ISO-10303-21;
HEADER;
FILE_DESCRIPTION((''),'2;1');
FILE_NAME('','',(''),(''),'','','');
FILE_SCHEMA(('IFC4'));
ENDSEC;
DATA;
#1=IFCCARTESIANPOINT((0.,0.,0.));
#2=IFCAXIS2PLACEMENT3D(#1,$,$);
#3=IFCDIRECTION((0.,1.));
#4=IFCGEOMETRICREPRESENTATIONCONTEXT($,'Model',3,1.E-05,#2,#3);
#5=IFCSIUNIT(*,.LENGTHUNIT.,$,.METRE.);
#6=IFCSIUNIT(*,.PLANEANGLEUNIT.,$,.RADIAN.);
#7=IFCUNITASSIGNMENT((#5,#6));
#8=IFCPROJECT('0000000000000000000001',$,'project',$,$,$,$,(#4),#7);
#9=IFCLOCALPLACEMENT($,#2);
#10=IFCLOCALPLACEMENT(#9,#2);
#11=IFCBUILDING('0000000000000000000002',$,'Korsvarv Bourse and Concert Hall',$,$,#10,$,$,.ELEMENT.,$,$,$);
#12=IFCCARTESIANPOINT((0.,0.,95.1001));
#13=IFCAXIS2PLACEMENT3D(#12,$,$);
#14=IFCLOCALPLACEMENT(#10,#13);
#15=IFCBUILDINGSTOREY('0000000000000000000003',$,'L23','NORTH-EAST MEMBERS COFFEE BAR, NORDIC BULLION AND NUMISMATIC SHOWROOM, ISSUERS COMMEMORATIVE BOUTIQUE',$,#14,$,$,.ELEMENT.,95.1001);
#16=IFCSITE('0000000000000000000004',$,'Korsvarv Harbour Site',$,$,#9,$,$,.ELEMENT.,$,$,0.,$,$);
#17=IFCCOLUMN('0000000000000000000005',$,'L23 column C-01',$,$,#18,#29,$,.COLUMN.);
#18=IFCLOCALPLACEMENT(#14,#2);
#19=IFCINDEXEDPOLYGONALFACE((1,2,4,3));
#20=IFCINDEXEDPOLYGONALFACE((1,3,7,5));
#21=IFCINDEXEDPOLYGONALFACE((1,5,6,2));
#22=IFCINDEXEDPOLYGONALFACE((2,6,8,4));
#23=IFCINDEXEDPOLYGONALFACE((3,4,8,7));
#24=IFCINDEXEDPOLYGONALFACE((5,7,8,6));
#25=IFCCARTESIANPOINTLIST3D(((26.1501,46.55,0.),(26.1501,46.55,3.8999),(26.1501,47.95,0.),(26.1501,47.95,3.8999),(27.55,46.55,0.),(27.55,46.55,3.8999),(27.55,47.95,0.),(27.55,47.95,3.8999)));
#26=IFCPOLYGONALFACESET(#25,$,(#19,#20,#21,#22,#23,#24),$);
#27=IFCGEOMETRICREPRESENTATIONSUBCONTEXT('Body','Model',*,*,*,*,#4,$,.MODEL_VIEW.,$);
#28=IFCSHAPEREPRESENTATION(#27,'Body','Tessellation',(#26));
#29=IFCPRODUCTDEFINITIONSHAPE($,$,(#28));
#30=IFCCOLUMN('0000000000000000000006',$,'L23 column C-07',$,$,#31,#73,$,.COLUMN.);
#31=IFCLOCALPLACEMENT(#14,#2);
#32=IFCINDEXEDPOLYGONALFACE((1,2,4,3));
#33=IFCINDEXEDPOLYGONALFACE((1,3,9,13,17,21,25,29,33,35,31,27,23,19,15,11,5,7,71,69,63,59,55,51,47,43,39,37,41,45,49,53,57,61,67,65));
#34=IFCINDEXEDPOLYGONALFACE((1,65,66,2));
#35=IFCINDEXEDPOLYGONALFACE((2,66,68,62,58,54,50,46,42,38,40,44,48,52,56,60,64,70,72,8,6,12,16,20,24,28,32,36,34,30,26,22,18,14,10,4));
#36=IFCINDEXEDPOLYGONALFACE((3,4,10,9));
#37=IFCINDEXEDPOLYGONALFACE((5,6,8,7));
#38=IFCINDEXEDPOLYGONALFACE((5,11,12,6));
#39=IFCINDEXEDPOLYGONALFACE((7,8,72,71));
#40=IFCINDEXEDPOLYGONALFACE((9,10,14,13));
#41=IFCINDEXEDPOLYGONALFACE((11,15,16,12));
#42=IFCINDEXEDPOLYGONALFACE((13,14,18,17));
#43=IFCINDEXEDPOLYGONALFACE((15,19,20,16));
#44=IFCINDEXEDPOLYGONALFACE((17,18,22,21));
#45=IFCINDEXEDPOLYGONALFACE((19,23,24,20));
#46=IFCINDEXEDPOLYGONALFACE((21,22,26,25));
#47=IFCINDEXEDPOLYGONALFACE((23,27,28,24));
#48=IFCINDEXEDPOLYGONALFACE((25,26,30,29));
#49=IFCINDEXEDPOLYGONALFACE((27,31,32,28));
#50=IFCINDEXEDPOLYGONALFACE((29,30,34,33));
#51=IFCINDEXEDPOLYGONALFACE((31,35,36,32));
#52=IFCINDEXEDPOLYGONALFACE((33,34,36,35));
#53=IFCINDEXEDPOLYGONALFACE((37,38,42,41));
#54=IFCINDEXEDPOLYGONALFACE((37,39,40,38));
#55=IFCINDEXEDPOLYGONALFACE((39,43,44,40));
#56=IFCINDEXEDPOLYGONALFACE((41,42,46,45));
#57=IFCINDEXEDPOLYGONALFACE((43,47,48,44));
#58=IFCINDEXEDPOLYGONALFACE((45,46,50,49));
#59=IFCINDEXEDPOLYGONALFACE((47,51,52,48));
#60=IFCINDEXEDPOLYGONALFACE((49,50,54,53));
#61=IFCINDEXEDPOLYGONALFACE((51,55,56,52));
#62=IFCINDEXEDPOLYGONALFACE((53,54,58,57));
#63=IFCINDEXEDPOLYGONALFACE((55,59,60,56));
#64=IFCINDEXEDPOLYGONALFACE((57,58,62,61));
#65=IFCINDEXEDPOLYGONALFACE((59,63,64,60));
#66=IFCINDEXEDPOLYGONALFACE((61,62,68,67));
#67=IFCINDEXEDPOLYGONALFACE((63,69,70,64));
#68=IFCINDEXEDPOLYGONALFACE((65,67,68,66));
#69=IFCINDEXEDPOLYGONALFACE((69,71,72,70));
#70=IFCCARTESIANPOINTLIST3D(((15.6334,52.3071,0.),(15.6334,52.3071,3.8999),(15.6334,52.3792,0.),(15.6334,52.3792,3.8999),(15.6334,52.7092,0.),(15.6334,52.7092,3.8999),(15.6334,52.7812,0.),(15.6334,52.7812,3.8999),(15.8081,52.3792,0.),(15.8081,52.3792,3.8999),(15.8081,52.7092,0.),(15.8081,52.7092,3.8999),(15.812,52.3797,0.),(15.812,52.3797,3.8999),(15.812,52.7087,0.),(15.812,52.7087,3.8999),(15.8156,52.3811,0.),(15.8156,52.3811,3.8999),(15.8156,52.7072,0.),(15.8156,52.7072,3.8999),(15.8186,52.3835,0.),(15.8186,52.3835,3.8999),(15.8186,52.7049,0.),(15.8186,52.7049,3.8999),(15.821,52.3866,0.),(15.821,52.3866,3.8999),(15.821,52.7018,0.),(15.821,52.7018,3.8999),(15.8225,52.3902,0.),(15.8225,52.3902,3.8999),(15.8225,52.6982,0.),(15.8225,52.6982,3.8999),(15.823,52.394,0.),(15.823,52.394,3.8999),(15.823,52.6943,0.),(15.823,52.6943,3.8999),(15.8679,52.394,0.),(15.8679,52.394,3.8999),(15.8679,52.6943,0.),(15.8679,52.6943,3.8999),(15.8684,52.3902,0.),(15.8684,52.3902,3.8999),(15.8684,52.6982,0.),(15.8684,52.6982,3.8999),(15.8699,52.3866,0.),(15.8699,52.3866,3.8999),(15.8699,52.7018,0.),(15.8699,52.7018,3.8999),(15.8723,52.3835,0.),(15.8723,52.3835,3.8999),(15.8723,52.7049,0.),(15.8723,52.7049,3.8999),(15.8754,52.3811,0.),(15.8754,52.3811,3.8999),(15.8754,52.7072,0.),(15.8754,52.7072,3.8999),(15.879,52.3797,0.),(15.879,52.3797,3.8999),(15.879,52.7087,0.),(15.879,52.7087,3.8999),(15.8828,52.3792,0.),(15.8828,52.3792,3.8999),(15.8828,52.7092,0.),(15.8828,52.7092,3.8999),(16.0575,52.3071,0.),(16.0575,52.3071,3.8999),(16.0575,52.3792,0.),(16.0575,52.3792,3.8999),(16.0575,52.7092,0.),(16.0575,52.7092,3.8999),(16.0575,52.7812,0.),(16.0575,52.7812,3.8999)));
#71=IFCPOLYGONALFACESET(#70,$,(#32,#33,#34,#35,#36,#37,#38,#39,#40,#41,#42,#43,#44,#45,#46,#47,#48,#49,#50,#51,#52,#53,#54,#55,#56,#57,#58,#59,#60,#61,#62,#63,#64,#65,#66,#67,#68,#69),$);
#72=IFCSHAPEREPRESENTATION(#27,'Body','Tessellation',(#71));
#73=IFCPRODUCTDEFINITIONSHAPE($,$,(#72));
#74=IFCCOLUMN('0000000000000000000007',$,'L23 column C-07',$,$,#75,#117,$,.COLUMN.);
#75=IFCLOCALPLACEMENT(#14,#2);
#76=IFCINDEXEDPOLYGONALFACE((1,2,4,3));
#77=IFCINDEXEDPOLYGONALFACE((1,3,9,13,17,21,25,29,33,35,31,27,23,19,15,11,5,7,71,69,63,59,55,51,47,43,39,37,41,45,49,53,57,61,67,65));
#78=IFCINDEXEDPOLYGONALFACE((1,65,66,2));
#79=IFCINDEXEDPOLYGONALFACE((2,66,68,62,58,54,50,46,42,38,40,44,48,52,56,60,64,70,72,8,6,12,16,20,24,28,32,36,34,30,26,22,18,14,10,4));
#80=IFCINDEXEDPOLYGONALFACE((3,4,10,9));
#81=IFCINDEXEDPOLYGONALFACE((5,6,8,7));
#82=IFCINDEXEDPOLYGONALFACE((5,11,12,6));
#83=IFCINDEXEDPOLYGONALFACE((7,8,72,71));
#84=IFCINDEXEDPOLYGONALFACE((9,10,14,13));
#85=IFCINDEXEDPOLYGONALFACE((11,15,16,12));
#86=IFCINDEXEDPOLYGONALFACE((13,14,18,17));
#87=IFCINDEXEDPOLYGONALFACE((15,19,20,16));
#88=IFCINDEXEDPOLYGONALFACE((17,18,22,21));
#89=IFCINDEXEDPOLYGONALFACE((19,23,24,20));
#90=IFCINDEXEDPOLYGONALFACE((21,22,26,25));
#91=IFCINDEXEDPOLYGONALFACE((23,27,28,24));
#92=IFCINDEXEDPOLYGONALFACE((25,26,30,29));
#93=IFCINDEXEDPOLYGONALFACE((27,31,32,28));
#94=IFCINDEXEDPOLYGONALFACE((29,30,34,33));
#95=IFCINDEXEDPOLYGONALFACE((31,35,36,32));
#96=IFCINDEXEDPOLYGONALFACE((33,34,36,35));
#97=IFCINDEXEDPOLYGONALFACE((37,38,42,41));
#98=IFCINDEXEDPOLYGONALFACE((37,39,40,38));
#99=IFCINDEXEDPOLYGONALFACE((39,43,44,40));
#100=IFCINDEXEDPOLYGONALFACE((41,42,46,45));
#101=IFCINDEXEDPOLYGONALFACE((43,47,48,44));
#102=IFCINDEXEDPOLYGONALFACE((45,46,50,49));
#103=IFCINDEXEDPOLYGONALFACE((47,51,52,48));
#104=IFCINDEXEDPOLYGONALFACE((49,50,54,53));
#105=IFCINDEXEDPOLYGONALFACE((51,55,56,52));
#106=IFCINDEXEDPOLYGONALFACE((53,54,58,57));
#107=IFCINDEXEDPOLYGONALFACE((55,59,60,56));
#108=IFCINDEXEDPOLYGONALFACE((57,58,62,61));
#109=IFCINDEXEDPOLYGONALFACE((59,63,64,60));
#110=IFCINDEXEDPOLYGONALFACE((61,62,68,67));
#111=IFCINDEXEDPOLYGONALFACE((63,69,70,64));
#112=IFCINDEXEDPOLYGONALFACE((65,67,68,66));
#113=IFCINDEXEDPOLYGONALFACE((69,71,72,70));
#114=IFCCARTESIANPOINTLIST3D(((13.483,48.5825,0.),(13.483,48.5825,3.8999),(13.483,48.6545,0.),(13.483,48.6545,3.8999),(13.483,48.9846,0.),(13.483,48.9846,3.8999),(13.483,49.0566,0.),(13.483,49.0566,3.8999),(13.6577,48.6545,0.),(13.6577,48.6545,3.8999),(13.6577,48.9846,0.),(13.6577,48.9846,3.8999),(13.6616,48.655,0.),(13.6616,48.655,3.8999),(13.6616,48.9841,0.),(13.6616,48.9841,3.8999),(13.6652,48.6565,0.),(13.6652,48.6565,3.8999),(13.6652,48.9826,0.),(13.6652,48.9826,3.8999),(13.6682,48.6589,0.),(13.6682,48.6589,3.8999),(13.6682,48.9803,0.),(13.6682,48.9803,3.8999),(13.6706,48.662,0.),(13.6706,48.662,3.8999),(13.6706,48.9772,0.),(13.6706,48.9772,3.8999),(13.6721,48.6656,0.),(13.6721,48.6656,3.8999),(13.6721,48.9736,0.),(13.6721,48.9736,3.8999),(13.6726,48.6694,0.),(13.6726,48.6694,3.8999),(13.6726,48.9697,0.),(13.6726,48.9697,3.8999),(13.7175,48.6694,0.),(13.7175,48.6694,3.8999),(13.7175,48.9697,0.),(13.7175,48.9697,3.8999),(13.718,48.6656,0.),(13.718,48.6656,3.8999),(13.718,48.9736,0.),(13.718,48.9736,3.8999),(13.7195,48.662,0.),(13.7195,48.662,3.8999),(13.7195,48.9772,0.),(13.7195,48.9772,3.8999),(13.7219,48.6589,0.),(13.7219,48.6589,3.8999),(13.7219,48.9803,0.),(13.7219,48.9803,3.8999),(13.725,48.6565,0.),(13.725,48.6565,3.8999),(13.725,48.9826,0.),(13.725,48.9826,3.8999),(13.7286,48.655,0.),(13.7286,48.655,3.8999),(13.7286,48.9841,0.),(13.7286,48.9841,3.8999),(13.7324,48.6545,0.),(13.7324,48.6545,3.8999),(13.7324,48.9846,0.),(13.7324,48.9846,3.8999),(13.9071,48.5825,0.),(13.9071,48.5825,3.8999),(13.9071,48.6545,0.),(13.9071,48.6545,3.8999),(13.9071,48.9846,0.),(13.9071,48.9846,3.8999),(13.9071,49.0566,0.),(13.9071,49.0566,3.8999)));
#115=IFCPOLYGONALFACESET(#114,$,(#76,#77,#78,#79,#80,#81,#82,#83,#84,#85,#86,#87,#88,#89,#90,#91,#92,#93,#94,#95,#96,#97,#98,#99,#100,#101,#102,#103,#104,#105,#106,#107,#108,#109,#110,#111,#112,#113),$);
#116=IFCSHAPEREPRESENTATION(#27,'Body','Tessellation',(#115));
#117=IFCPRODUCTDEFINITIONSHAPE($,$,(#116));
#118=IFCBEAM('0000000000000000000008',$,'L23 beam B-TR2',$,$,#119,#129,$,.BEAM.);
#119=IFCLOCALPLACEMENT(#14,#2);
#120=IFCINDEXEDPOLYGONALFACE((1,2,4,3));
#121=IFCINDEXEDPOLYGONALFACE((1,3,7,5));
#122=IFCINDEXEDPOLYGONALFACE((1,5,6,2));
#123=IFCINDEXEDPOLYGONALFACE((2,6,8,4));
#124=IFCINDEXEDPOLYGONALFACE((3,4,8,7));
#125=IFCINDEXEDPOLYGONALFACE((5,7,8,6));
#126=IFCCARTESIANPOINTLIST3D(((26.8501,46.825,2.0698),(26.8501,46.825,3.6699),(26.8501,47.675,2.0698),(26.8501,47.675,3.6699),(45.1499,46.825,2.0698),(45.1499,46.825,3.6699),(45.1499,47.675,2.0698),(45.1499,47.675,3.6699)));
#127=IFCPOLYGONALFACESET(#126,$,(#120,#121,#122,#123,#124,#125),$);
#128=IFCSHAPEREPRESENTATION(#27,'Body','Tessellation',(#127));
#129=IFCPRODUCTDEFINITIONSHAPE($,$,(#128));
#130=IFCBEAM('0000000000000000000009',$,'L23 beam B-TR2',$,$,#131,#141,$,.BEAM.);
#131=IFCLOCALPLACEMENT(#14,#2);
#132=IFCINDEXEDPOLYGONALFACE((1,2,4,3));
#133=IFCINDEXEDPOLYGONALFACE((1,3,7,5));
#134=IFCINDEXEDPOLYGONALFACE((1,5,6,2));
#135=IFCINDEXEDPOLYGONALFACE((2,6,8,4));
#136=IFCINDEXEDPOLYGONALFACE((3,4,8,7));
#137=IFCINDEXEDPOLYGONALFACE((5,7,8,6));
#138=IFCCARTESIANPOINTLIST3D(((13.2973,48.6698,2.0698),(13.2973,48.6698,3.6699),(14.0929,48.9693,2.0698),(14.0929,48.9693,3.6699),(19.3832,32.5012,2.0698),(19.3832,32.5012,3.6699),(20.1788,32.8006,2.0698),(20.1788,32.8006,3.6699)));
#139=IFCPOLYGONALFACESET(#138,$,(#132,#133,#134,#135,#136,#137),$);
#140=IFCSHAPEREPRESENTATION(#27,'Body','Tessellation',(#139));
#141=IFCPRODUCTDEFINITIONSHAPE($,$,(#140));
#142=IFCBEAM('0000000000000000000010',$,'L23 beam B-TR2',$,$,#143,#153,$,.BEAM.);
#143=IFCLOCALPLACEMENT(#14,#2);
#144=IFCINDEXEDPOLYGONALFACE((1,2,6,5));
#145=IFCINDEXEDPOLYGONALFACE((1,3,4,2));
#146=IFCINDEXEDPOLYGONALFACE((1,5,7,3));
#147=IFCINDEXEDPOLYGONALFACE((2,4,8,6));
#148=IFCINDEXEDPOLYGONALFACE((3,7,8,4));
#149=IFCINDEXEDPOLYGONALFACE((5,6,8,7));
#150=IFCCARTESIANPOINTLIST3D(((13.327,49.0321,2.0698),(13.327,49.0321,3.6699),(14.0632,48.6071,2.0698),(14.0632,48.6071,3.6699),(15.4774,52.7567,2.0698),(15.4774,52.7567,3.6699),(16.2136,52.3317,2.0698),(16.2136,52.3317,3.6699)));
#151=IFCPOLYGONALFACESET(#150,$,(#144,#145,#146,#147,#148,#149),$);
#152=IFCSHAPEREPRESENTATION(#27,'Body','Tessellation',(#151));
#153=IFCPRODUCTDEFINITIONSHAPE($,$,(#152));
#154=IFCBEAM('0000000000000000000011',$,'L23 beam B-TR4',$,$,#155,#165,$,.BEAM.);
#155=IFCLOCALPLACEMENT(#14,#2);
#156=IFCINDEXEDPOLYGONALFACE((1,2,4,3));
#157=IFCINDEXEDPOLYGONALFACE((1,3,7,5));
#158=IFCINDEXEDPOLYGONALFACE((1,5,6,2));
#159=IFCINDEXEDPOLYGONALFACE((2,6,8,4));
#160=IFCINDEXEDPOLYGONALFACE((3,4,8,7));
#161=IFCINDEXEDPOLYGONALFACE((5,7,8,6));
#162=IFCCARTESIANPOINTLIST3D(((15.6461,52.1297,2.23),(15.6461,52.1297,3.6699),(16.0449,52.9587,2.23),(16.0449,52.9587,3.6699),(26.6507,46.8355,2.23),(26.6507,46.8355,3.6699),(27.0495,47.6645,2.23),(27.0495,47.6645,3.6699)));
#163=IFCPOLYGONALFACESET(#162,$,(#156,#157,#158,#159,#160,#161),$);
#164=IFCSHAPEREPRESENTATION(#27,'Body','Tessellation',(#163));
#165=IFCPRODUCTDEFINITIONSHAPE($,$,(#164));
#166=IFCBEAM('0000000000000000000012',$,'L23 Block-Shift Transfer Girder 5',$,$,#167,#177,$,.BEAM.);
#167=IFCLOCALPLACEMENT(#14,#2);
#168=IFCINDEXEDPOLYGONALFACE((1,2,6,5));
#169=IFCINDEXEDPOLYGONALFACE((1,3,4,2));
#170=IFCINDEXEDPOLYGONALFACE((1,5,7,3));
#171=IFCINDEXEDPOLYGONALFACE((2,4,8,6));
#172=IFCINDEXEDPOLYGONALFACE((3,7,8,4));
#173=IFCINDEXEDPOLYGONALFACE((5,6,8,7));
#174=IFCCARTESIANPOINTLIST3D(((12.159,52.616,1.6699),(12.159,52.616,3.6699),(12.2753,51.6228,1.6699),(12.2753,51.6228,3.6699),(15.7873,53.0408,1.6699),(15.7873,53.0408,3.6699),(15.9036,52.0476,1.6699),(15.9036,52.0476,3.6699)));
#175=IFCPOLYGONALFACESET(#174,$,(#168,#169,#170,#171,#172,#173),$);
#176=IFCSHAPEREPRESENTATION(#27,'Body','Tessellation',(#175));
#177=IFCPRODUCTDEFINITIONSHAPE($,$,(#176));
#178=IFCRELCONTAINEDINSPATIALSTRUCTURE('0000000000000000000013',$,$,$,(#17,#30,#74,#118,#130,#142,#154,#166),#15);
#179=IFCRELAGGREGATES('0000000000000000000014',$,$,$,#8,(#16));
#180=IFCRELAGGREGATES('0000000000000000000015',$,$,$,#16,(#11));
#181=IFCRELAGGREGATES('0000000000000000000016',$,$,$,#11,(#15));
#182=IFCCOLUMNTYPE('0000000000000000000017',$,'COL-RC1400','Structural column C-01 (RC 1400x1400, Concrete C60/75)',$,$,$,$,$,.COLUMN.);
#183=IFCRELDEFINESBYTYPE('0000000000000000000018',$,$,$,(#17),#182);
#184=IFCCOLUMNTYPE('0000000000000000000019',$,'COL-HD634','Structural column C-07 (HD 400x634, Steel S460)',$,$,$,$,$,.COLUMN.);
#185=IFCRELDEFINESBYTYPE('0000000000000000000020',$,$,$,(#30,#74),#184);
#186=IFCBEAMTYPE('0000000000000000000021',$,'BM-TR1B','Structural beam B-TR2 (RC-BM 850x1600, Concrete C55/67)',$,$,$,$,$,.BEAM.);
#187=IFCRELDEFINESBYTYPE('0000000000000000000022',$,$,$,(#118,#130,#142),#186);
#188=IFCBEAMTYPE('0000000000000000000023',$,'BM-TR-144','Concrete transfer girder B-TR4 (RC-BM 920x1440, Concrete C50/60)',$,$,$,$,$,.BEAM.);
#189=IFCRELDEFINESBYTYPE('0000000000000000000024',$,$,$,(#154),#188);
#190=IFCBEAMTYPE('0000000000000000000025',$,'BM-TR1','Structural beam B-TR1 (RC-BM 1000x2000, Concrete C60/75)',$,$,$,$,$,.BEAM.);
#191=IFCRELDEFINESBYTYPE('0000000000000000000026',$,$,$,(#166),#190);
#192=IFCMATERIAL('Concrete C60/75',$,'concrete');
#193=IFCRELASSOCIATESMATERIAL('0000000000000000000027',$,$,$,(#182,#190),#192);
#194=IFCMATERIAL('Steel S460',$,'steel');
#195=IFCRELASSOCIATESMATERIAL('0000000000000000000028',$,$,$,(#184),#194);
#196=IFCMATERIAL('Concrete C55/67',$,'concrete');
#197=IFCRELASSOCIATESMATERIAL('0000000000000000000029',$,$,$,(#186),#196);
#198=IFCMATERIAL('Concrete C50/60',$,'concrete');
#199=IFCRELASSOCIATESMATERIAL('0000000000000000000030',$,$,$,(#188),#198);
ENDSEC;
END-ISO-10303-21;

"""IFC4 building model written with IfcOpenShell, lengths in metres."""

from ifc_helpers import new_model, si_unit, direction, frame, origin, origin_2d, place, context, subcontext, project, spatial, rectangle, i_section, extrude, source, transform, mapped, material, material_profile, profile_set, type_object, element, save


model = new_model("IFC4")

# Units and contexts
model_context = context("Model", 3, precision=1e-05, world=origin(), true_north=direction((0.0, 1.0)))
body_context = subcontext(model_context, "Body", "Model", "MODEL_VIEW")
ifc_project = project(units=[si_unit("LENGTHUNIT", "METRE"), si_unit("PLANEANGLEUNIT", "RADIAN")], contexts=[model_context])

# Site, building, storey
site_placement = place(None, origin())
site = spatial("IfcSite", under=ifc_project, at=site_placement, Name="Korsvarv Harbour Site", CompositionType="ELEMENT", RefElevation=0.0)
building_placement = place(site_placement, origin())
building = spatial("IfcBuilding", under=site, at=building_placement, Name="Korsvarv Bourse and Concert Hall", CompositionType="ELEMENT")
storey_placement = place(building_placement, frame((0.0, 0.0, 95.1001)))
storey = spatial("IfcBuildingStorey", under=building, at=storey_placement, Name="L23", Description="NORTH-EAST MEMBERS COFFEE BAR, NORDIC BULLION AND NUMISMATIC SHOWROOM, ISSUERS COMMEMORATIVE BOUTIQUE", CompositionType="ELEMENT", Elevation=95.1001)

# Columns
ifc_material_1 = material(Name="Concrete C60/75", Category="concrete")
ifc_material_profile_1 = material_profile(ifc_material_1, rectangle(XDim=1.3999, YDim=1.3999, at=origin_2d()), Name="RC 1400x1400")
ifc_profile_set_1 = profile_set([ifc_material_profile_1], Name="Concrete C60/75")
column_type_1 = type_object("IfcColumnType", Name="COL-RC1400", Description="Structural column C-01 (RC 1400x1400, Concrete C60/75)", PredefinedType="COLUMN", material=ifc_profile_set_1)
shared_shape_1 = source(origin(), body_context, "Body", "SweptSolid", [
    extrude(rectangle(XDim=1.3999, YDim=1.3999, at=origin_2d()), origin(), (0.0, 0.0, 1.0), 3.8999),
])
column_placement = place(storey_placement, frame((26.8501, 47.25, 0.0), z_axis=(0.0, 0.0, 1.0), x_axis=(1.0, 0.0, 0.0)))
element("IfcColumn", 1, at=column_placement, inside=storey, type_object=column_type_1, Name="L23 column C-01", PredefinedType="COLUMN", context=body_context, shape_type="MappedRepresentation", body=[
    mapped(shared_shape_1, transform((0.0, 0.0, 0.0), scale=1.0)),
])
ifc_material_2 = material(Name="Steel S460", Category="steel")
ifc_material_profile_2 = material_profile(ifc_material_2, i_section(OverallWidth=0.4241, OverallDepth=0.4741, WebThickness=0.0449, FlangeThickness=0.072, FilletRadius=0.0149, at=origin_2d()), Name="HD 400x634")
ifc_profile_set_2 = profile_set([ifc_material_profile_2], Name="Steel S460")
column_type_2 = type_object("IfcColumnType", Name="COL-HD634", Description="Structural column C-07 (HD 400x634, Steel S460)", PredefinedType="COLUMN", material=ifc_profile_set_2)
shared_shape_2 = source(origin(), body_context, "Body", "SweptSolid", [
    extrude(i_section(OverallWidth=0.4241, OverallDepth=0.4741, WebThickness=0.0449, FlangeThickness=0.072, FilletRadius=0.0149, at=origin_2d()), origin(), (0.0, 0.0, 1.0), 3.8999),
])
for number, where, z_axis, x_axis, name in (
    (2, (15.8455, 52.5442, 0.0), (0.0, 0.0, 1.0), (1.0, 0.0, 0.0), "L23 column C-07"),
    (3, (13.6951, 48.8196, 0.0), (0.0, 0.0, 1.0), (1.0, 0.0, 0.0), "L23 column C-07"),
):
    element("IfcColumn", number, at=place(storey_placement, frame(where, z_axis=z_axis, x_axis=x_axis)), inside=storey, type_object=column_type_2, Name=name, PredefinedType="COLUMN", context=body_context, shape_type="MappedRepresentation", body=[
        mapped(shared_shape_2, transform((0.0, 0.0, 0.0), scale=1.0)),
    ])

# Beams
ifc_material_3 = material(Name="Concrete C55/67", Category="concrete")
ifc_material_profile_3 = material_profile(ifc_material_3, rectangle(XDim=0.8501, YDim=1.6001, at=origin_2d()), Name="RC-BM 850x1600")
ifc_profile_set_3 = profile_set([ifc_material_profile_3], Name="Concrete C55/67")
beam_type_1 = type_object("IfcBeamType", Name="BM-TR1B", Description="Structural beam B-TR2 (RC-BM 850x1600, Concrete C55/67)", PredefinedType="BEAM", material=ifc_profile_set_3)
shared_shape_3 = source(origin(), body_context, "Body", "SweptSolid", [
    extrude(rectangle(XDim=0.8501, YDim=1.6001, at=origin_2d()), origin(), (0.0, 0.0, 1.0), 18.2998),
])
beam_1_placement = place(storey_placement, frame((26.8501, 47.25, 2.8699), z_axis=(1.0, 0.0, 0.0), x_axis=(0.0, 1.0, 0.0)))
element("IfcBeam", 4, at=beam_1_placement, inside=storey, type_object=beam_type_1, Name="L23 beam B-TR2", PredefinedType="BEAM", context=body_context, shape_type="MappedRepresentation", body=[
    mapped(shared_shape_3, transform((0.0, 0.0, 0.0), scale=1.0)),
])
shared_shape_4 = source(origin(), body_context, "Body", "SweptSolid", [
    extrude(rectangle(XDim=0.8501, YDim=1.6001, at=origin_2d()), origin(), (0.0, 0.0, 1.0), 17.2761),
])
beam_2_placement = place(storey_placement, frame((13.6951, 48.8196, 2.8699), z_axis=(0.352274, -0.935897, 0.0), x_axis=(0.935897, 0.352274, 0.0)))
element("IfcBeam", 5, at=beam_2_placement, inside=storey, type_object=beam_type_1, Name="L23 beam B-TR2", PredefinedType="BEAM", context=body_context, shape_type="MappedRepresentation", body=[
    mapped(shared_shape_4, transform((0.0, 0.0, 0.0), scale=1.0)),
])
shared_shape_5 = source(origin(), body_context, "Body", "SweptSolid", [
    extrude(rectangle(XDim=0.8501, YDim=1.6001, at=origin_2d()), origin(), (0.0, 0.0, 1.0), 4.3008),
])
beam_3_placement = place(storey_placement, frame((15.8455, 52.5442, 2.8699), z_axis=(-0.499998, -0.866027, 0.0), x_axis=(0.866027, -0.499998, 0.0)))
element("IfcBeam", 6, at=beam_3_placement, inside=storey, type_object=beam_type_1, Name="L23 beam B-TR2", PredefinedType="BEAM", context=body_context, shape_type="MappedRepresentation", body=[
    mapped(shared_shape_5, transform((0.0, 0.0, 0.0), scale=1.0)),
])
ifc_material_4 = material(Name="Concrete C50/60", Category="concrete")
ifc_material_profile_4 = material_profile(ifc_material_4, rectangle(XDim=0.9199, YDim=1.4399, at=origin_2d()), Name="RC-BM 920x1440")
ifc_profile_set_4 = profile_set([ifc_material_profile_4], Name="Concrete C50/60")
beam_type_2 = type_object("IfcBeamType", Name="BM-TR-144", Description="Concrete transfer girder B-TR4 (RC-BM 920x1440, Concrete C50/60)", PredefinedType="BEAM", material=ifc_profile_set_4)
shared_shape_6 = source(origin(), body_context, "Body", "SweptSolid", [
    extrude(rectangle(XDim=0.9199, YDim=1.4399, at=origin_2d()), origin(), (0.0, 0.0, 1.0), 12.2119),
])
beam_4_placement = place(storey_placement, frame((15.8455, 52.5442, 2.95), z_axis=(0.901141, -0.433527, 0.0), x_axis=(0.433527, 0.901141, 0.0)))
element("IfcBeam", 7, at=beam_4_placement, inside=storey, type_object=beam_type_2, Name="L23 beam B-TR4", PredefinedType="BEAM", context=body_context, shape_type="MappedRepresentation", body=[
    mapped(shared_shape_6, transform((0.0, 0.0, 0.0), scale=1.0)),
])
ifc_material_profile_5 = material_profile(ifc_material_1, rectangle(XDim=1.0, YDim=2.0, at=origin_2d()), Name="RC-BM 1000x2000")
ifc_profile_set_5 = profile_set([ifc_material_profile_5], Name="Concrete C60/75")
beam_type_3 = type_object("IfcBeamType", Name="BM-TR1", Description="Structural beam B-TR1 (RC-BM 1000x2000, Concrete C60/75)", PredefinedType="BEAM", material=ifc_profile_set_5)
shared_shape_7 = source(origin(), body_context, "Body", "SweptSolid", [
    extrude(rectangle(XDim=1.0, YDim=2.0, at=origin_2d()), origin(), (0.0, 0.0, 1.0), 3.6531),
])
beam_5_placement = place(storey_placement, frame((15.8455, 52.5442, 2.6699), z_axis=(-0.993215, -0.116291, 0.0), x_axis=(0.116291, -0.993215, 0.0)))
element("IfcBeam", 8, at=beam_5_placement, inside=storey, type_object=beam_type_3, Name="L23 Block-Shift Transfer Girder 5", PredefinedType="BEAM", context=body_context, shape_type="MappedRepresentation", body=[
    mapped(shared_shape_7, transform((0.0, 0.0, 0.0), scale=1.0)),
])

save(model, "model.ifc")
